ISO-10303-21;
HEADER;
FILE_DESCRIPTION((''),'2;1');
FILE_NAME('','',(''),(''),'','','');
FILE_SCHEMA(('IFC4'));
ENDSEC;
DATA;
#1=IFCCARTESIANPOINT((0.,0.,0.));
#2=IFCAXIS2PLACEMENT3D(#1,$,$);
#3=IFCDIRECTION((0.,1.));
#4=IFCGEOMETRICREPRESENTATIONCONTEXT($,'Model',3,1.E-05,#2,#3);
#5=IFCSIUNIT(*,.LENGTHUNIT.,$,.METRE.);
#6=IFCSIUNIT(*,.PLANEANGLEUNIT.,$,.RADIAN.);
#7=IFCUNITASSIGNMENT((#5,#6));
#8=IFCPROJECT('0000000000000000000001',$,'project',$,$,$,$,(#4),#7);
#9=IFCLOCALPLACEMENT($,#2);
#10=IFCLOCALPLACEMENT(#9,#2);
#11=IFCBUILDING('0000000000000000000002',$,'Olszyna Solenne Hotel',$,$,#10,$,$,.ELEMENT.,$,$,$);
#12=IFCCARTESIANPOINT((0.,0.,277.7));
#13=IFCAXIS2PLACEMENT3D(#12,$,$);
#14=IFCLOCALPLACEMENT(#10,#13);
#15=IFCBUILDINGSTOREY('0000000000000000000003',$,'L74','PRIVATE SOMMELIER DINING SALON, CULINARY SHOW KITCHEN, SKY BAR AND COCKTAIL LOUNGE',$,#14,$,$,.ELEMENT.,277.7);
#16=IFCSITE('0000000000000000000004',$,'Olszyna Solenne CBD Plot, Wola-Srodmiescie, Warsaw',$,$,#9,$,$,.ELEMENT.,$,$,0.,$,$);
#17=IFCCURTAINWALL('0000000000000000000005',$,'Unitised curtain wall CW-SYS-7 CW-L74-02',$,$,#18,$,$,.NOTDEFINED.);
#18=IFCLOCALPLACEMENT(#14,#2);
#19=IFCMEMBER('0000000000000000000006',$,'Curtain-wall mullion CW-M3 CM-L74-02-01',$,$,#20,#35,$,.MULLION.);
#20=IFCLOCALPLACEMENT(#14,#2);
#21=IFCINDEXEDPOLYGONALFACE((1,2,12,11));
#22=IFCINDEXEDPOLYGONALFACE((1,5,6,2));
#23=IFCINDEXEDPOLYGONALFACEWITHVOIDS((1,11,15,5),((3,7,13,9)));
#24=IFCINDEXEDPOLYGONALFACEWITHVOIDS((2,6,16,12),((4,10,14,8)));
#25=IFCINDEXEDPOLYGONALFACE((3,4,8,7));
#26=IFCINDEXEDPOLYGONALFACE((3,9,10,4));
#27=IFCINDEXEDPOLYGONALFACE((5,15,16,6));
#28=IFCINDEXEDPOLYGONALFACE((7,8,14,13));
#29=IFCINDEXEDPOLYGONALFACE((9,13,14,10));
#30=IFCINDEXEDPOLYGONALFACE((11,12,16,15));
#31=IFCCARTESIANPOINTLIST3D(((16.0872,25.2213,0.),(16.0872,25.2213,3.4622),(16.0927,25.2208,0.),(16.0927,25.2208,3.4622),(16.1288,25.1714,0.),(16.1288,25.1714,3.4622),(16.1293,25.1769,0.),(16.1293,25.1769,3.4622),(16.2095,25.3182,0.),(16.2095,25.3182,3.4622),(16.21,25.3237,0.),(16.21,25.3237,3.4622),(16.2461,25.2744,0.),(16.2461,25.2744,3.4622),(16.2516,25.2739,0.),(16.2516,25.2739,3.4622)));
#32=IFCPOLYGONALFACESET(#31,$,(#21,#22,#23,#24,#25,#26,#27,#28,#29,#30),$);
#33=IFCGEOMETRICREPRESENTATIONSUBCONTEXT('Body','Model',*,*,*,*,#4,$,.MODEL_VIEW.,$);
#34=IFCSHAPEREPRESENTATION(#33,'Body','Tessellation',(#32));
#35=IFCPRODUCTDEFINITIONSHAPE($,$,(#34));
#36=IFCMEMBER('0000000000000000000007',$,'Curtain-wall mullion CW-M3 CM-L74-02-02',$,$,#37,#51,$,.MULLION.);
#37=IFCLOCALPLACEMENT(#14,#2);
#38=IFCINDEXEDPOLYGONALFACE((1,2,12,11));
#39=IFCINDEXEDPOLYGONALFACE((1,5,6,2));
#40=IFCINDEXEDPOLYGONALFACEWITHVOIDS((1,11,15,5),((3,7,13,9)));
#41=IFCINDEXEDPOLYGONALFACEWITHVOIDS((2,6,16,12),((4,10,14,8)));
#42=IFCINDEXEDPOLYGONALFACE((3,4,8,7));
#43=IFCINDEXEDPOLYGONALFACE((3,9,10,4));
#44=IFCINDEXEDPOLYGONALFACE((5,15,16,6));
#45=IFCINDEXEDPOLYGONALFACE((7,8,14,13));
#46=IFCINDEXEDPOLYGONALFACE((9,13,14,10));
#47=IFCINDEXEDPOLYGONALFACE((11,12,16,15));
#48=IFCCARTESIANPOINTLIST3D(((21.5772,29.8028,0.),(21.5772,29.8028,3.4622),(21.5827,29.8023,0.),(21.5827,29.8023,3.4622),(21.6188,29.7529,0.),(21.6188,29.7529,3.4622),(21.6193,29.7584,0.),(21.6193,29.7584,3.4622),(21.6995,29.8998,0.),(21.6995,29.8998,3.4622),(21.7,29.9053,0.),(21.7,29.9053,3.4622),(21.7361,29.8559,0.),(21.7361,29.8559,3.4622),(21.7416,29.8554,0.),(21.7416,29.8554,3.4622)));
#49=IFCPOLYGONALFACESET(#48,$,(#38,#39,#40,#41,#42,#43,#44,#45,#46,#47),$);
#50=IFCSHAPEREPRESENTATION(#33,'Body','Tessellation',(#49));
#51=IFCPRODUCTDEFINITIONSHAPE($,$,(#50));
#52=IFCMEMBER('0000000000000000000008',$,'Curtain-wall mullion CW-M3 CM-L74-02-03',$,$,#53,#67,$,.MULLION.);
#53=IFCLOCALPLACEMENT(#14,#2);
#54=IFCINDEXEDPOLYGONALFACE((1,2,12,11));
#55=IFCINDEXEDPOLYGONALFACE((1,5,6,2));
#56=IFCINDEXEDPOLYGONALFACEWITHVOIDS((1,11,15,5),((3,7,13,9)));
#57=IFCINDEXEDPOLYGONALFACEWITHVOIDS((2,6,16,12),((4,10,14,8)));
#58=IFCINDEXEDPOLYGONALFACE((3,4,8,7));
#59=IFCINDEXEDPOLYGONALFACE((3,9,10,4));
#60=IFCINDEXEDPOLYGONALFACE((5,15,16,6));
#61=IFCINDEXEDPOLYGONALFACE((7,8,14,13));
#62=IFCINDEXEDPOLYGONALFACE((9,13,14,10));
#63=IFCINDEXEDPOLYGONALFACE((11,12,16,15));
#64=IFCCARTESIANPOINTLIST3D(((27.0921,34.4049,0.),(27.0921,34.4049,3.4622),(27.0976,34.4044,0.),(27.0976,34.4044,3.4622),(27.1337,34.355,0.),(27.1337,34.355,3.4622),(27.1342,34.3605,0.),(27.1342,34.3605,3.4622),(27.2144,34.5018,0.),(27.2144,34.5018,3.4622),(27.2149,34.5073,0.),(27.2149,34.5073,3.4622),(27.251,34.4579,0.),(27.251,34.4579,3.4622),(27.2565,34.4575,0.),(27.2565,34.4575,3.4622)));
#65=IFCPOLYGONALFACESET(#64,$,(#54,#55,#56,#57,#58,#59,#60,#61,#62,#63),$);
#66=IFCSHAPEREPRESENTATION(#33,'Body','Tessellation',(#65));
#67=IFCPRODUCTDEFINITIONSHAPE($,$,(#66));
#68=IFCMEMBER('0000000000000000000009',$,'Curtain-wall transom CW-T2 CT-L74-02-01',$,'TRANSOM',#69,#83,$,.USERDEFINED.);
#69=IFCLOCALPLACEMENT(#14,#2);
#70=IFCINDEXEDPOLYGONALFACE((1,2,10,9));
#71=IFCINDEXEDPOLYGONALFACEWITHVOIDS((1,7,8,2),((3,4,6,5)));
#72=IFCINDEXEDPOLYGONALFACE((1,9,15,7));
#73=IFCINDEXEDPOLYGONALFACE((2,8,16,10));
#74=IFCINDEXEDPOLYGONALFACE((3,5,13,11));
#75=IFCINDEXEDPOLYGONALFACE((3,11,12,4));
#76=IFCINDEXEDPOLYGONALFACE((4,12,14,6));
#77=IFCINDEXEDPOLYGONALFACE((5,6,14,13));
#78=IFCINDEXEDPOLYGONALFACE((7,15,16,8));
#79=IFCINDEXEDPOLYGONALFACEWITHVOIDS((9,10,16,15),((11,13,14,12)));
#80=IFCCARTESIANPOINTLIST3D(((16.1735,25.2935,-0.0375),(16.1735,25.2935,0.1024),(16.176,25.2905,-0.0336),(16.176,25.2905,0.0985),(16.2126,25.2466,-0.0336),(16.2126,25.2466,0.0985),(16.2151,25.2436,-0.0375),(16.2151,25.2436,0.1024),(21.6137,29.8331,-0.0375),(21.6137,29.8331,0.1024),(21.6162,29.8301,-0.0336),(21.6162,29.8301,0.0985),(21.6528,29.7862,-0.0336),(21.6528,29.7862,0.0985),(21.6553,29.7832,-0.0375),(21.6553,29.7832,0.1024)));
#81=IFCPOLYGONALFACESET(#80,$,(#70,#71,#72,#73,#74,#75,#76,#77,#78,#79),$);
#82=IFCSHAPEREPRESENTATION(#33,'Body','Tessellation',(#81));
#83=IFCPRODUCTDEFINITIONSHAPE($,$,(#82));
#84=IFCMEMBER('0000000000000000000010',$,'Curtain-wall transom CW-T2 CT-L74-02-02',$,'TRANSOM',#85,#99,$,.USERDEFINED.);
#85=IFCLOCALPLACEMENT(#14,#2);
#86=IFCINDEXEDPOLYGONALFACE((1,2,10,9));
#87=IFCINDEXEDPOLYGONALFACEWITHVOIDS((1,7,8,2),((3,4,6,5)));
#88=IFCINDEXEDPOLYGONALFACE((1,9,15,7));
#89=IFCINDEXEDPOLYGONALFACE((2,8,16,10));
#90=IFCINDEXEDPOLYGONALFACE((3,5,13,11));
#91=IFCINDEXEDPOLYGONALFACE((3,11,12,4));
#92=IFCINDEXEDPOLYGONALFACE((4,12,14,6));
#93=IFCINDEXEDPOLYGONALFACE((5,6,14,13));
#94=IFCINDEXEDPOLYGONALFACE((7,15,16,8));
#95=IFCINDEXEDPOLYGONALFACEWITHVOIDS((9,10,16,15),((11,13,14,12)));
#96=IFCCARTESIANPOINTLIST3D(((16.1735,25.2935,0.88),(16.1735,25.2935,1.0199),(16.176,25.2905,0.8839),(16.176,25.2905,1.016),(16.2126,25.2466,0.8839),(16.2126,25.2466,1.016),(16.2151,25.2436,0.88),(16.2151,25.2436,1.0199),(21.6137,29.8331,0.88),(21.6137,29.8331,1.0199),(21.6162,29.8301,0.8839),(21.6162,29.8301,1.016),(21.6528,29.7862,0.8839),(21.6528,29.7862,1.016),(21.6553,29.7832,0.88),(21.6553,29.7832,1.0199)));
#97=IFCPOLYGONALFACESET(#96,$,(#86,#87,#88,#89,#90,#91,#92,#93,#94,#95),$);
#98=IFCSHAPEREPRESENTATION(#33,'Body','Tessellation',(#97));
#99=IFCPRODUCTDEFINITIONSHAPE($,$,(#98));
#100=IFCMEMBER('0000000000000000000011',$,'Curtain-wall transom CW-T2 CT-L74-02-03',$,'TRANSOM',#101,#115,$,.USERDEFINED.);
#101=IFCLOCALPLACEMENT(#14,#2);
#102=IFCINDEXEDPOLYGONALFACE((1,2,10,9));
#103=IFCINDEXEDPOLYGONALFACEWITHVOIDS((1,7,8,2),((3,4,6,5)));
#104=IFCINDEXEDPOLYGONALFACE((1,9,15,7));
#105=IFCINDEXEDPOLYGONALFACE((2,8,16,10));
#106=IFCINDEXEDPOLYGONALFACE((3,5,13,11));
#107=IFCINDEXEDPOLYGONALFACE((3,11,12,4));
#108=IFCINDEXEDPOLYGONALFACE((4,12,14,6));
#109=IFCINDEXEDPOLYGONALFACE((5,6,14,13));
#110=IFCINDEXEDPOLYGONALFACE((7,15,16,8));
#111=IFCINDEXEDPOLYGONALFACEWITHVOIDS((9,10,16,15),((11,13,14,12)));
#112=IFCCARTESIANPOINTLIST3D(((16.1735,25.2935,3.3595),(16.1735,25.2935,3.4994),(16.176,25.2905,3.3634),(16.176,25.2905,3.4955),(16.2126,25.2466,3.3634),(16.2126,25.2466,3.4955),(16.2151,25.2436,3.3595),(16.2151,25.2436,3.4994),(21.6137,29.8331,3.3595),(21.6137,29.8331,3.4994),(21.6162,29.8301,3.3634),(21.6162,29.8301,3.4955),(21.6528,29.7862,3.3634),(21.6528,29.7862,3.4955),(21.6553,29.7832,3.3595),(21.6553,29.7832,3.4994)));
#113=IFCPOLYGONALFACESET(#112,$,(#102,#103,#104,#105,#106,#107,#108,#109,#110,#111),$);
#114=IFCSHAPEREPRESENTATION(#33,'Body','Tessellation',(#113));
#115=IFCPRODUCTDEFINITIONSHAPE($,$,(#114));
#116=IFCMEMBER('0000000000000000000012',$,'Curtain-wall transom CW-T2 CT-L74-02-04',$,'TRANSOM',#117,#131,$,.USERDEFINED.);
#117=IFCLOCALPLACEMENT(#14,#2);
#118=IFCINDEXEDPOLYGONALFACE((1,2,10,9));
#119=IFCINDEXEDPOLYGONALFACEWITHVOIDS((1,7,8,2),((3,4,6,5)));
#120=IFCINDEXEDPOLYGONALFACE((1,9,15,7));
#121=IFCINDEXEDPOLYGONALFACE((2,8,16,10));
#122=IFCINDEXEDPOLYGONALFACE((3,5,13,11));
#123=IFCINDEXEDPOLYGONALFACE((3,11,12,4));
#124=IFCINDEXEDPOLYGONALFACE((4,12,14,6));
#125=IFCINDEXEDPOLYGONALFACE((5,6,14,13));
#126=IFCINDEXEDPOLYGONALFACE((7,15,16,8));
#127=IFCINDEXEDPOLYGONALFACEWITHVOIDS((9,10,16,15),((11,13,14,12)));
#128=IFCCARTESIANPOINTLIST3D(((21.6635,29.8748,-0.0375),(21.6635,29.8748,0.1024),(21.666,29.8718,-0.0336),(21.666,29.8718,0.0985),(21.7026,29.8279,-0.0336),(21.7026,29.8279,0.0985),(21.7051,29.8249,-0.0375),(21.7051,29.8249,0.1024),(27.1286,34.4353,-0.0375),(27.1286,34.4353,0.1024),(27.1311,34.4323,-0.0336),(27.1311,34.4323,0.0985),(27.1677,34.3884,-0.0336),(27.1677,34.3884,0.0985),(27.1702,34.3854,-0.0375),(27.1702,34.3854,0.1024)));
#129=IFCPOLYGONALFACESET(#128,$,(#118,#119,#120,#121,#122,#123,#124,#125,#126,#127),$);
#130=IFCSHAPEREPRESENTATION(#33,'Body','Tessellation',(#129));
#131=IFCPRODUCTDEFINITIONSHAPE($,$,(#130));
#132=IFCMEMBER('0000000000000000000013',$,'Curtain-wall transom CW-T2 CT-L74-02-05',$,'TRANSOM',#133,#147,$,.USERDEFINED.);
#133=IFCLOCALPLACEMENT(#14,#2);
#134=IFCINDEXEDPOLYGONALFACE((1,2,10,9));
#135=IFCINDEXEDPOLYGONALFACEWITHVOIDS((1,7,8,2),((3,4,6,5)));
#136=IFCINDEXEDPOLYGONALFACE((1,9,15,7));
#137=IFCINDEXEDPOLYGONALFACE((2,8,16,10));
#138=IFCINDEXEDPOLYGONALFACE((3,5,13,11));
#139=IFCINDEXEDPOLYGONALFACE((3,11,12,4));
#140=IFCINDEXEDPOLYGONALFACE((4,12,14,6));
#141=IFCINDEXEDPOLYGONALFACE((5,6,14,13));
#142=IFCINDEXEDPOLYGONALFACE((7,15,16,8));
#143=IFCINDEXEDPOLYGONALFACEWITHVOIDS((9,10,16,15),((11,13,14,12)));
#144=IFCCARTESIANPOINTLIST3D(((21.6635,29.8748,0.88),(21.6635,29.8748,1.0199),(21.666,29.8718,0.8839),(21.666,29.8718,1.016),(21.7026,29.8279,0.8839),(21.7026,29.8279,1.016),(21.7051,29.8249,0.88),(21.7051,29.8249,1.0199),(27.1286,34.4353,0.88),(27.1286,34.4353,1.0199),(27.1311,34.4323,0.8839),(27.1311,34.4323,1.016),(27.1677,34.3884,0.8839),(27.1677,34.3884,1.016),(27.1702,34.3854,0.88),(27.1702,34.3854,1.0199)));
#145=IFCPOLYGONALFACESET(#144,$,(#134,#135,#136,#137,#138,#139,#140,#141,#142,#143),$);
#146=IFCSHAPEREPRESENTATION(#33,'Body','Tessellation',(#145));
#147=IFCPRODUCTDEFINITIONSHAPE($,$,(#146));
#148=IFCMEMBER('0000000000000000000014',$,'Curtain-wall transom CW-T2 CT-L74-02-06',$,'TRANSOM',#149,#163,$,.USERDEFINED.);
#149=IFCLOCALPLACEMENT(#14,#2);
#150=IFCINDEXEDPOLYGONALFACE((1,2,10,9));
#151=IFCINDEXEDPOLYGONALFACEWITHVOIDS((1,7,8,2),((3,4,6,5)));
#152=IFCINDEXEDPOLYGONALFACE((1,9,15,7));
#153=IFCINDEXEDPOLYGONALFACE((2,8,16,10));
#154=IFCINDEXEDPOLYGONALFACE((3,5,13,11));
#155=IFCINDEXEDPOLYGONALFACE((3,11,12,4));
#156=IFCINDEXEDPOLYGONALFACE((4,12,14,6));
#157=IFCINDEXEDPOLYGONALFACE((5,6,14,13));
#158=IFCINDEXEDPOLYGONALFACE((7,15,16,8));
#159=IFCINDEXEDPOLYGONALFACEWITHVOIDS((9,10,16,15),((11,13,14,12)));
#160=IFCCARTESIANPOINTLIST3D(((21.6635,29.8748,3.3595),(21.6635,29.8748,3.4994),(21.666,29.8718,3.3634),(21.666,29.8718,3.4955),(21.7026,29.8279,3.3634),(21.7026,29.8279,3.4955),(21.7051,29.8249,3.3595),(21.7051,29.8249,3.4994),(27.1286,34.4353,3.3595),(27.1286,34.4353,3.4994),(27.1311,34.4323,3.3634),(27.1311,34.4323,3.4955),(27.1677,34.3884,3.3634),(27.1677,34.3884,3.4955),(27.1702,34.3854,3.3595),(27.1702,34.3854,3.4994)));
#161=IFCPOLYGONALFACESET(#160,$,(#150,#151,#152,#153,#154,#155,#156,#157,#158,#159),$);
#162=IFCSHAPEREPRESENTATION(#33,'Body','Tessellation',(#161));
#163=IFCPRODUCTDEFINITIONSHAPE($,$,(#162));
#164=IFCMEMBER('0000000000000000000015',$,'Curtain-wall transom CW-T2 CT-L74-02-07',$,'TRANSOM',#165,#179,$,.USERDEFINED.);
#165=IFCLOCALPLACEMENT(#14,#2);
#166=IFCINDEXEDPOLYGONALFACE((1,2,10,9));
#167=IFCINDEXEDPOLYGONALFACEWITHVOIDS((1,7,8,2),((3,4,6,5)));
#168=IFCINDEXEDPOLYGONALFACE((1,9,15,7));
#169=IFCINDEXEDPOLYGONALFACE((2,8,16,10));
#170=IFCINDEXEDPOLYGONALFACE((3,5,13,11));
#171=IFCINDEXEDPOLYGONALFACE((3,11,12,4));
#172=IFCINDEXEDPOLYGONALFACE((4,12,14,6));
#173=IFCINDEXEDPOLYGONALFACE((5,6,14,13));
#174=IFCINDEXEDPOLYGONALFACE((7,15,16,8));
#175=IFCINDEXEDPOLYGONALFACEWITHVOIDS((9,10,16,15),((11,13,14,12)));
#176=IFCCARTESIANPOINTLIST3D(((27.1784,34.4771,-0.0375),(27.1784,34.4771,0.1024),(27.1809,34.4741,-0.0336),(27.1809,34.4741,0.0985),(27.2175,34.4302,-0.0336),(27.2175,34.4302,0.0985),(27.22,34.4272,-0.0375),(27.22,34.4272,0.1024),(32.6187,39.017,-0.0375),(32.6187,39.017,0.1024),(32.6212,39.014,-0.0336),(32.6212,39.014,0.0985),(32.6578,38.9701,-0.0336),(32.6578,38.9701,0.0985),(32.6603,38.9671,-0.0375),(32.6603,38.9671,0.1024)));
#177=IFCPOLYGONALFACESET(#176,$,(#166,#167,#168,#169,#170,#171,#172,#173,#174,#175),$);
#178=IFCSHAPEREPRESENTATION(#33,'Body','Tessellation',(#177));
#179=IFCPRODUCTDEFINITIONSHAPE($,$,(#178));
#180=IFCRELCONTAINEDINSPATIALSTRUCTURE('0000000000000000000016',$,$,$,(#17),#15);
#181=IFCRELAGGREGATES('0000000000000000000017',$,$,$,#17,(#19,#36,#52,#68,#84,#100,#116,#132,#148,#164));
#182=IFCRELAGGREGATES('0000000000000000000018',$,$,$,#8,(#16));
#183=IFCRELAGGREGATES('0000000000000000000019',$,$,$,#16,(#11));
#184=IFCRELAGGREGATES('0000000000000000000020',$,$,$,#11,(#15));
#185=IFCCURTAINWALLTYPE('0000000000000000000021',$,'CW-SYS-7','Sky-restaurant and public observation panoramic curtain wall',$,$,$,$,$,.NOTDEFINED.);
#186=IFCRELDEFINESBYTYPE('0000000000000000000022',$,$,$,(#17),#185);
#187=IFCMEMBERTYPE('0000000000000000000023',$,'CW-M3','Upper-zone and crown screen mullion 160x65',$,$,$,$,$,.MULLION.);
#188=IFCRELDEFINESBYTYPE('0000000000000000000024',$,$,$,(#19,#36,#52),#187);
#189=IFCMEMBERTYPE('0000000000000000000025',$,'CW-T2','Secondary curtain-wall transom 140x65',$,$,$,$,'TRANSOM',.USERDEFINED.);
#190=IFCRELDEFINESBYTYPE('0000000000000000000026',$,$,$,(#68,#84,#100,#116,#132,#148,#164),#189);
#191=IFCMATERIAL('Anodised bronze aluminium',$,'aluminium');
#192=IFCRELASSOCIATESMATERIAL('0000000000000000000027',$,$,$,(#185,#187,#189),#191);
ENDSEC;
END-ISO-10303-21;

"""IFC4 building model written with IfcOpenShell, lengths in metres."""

from ifc_helpers import new_model, si_unit, direction, frame, origin, origin_2d, place, context, subcontext, project, spatial, hollow_rectangle, extrude, source, transform, mapped, material, material_profile, profile_set, type_object, element, aggregate, save


model = new_model("IFC4")

# Units and contexts
model_context = context("Model", 3, precision=1e-05, world=origin(), true_north=direction((0.0, 1.0)))
body_context = subcontext(model_context, "Body", "Model", "MODEL_VIEW")
ifc_project = project(units=[si_unit("LENGTHUNIT", "METRE"), si_unit("PLANEANGLEUNIT", "RADIAN")], contexts=[model_context])

# Site, building, storey
site_placement = place(None, origin())
site = spatial("IfcSite", under=ifc_project, at=site_placement, Name="Olszyna Solenne CBD Plot, Wola-Srodmiescie, Warsaw", CompositionType="ELEMENT", RefElevation=0.0)
building_placement = place(site_placement, origin())
building = spatial("IfcBuilding", under=site, at=building_placement, Name="Olszyna Solenne Hotel", CompositionType="ELEMENT")
storey_placement = place(building_placement, frame((0.0, 0.0, 277.7)))
storey = spatial("IfcBuildingStorey", under=building, at=storey_placement, Name="L74", Description="PRIVATE SOMMELIER DINING SALON, CULINARY SHOW KITCHEN, SKY BAR AND COCKTAIL LOUNGE", CompositionType="ELEMENT", Elevation=277.7)

# Curtain wall, members
ifc_material_1 = material(Name="Anodised bronze aluminium", Category="aluminium")
curtain_wall_type = type_object("IfcCurtainWallType", Name="CW-SYS-7", Description="Sky-restaurant and public observation panoramic curtain wall", PredefinedType="NOTDEFINED", material=ifc_material_1)
curtain_wall_placement = place(storey_placement, origin())
curtain_wall = element("IfcCurtainWall", 1, at=curtain_wall_placement, inside=storey, type_object=curtain_wall_type, Name="Unitised curtain wall CW-SYS-7 CW-L74-02", PredefinedType="NOTDEFINED")
ifc_material_profile_1 = material_profile(ifc_material_1, hollow_rectangle(XDim=0.0649, YDim=0.1599, WallThickness=0.0039, at=origin_2d()), Name="MULL 160x65x4", Category="load-bearing")
ifc_profile_set_1 = profile_set([ifc_material_profile_1], Name="Anodised bronze aluminium")
member_type_1 = type_object("IfcMemberType", Name="CW-M3", Description="Upper-zone and crown screen mullion 160x65", PredefinedType="MULLION", material=ifc_profile_set_1)
shared_shape_1 = source(origin(), body_context, "Body", "SweptSolid", [
    extrude(hollow_rectangle(XDim=0.0649, YDim=0.1599, WallThickness=0.0039, at=origin_2d()), origin(), (0.0, 0.0, 1.0), 3.4622),
])
member_1_placement = place(storey_placement, frame((16.1694, 25.2476, 0.0), z_axis=(0.0, 0.0, 1.0), x_axis=(-0.640715, 0.767779, 0.0)))
member_1 = element("IfcMember", 2, at=member_1_placement, type_object=member_type_1, Name="Curtain-wall mullion CW-M3 CM-L74-02-01", PredefinedType="MULLION", context=body_context, shape_type="MappedRepresentation", body=[
    mapped(shared_shape_1, transform((0.0, 0.0, 0.0), x_axis=(1.0, 0.0, 0.0), y_axis=(0.0, 1.0, 0.0), z_axis=(0.0, 0.0, 1.0), scale=1.0)),
])
member_2_placement = place(storey_placement, frame((21.6594, 29.8291, 0.0), z_axis=(0.0, 0.0, 1.0), x_axis=(-0.640715, 0.767779, 0.0)))
member_2 = element("IfcMember", 3, at=member_2_placement, type_object=member_type_1, Name="Curtain-wall mullion CW-M3 CM-L74-02-02", PredefinedType="MULLION", context=body_context, shape_type="MappedRepresentation", body=[
    mapped(shared_shape_1, transform((0.0, 0.0, 0.0), x_axis=(1.0, 0.0, 0.0), y_axis=(0.0, 1.0, 0.0), z_axis=(0.0, 0.0, 1.0), scale=1.0)),
])
member_3_placement = place(storey_placement, frame((27.1743, 34.4312, 0.0), z_axis=(0.0, 0.0, 1.0), x_axis=(-0.640715, 0.767779, 0.0)))
member_3 = element("IfcMember", 4, at=member_3_placement, type_object=member_type_1, Name="Curtain-wall mullion CW-M3 CM-L74-02-03", PredefinedType="MULLION", context=body_context, shape_type="MappedRepresentation", body=[
    mapped(shared_shape_1, transform((0.0, 0.0, 0.0), x_axis=(1.0, 0.0, 0.0), y_axis=(0.0, 1.0, 0.0), z_axis=(0.0, 0.0, 1.0), scale=1.0)),
])
ifc_material_profile_2 = material_profile(ifc_material_1, hollow_rectangle(XDim=0.0649, YDim=0.1399, WallThickness=0.0039, at=origin_2d()), Name="TRAN 140x65x4", Category="load-bearing")
ifc_profile_set_2 = profile_set([ifc_material_profile_2], Name="Anodised bronze aluminium")
member_type_2 = type_object("IfcMemberType", Name="CW-T2", Description="Secondary curtain-wall transom 140x65", ElementType="TRANSOM", PredefinedType="USERDEFINED", material=ifc_profile_set_2)
shared_shape_2 = source(origin(), body_context, "Body", "SweptSolid", [
    extrude(hollow_rectangle(XDim=0.0649, YDim=0.1399, WallThickness=0.0039, at=origin_2d()), origin(), (0.0, 0.0, 1.0), 7.0854),
])
member_4_placement = place(storey_placement, frame((16.1943, 25.2686, 0.0325), z_axis=(0.7678, 0.640689, 0.0), x_axis=(-0.640689, 0.7678, 0.0)))
member_4 = element("IfcMember", 5, at=member_4_placement, type_object=member_type_2, Name="Curtain-wall transom CW-T2 CT-L74-02-01", ObjectType="TRANSOM", PredefinedType="USERDEFINED", context=body_context, shape_type="MappedRepresentation", body=[
    mapped(shared_shape_2, transform((0.0, 0.0, 0.0), x_axis=(1.0, 0.0, 0.0), y_axis=(0.0, 1.0, 0.0), z_axis=(0.0, 0.0, 1.0), scale=1.0)),
])
member_5_placement = place(storey_placement, frame((16.1943, 25.2686, 0.95), z_axis=(0.7678, 0.640689, 0.0), x_axis=(-0.640689, 0.7678, 0.0)))
member_5 = element("IfcMember", 6, at=member_5_placement, type_object=member_type_2, Name="Curtain-wall transom CW-T2 CT-L74-02-02", ObjectType="TRANSOM", PredefinedType="USERDEFINED", context=body_context, shape_type="MappedRepresentation", body=[
    mapped(shared_shape_2, transform((0.0, 0.0, 0.0), x_axis=(1.0, 0.0, 0.0), y_axis=(0.0, 1.0, 0.0), z_axis=(0.0, 0.0, 1.0), scale=1.0)),
])
member_6_placement = place(storey_placement, frame((16.1943, 25.2686, 3.4294), z_axis=(0.7678, 0.640689, 0.0), x_axis=(-0.640689, 0.7678, 0.0)))
member_6 = element("IfcMember", 7, at=member_6_placement, type_object=member_type_2, Name="Curtain-wall transom CW-T2 CT-L74-02-03", ObjectType="TRANSOM", PredefinedType="USERDEFINED", context=body_context, shape_type="MappedRepresentation", body=[
    mapped(shared_shape_2, transform((0.0, 0.0, 0.0), x_axis=(1.0, 0.0, 0.0), y_axis=(0.0, 1.0, 0.0), z_axis=(0.0, 0.0, 1.0), scale=1.0)),
])
shared_shape_3 = source(origin(), body_context, "Body", "SweptSolid", [
    extrude(hollow_rectangle(XDim=0.0649, YDim=0.1399, WallThickness=0.0039, at=origin_2d()), origin(), (0.0, 0.0, 1.0), 7.1179),
])
member_7_placement = place(storey_placement, frame((21.6843, 29.8499, 0.0325), z_axis=(0.767785, 0.640707, 0.0), x_axis=(-0.640707, 0.767785, 0.0)))
member_7 = element("IfcMember", 8, at=member_7_placement, type_object=member_type_2, Name="Curtain-wall transom CW-T2 CT-L74-02-04", ObjectType="TRANSOM", PredefinedType="USERDEFINED", context=body_context, shape_type="MappedRepresentation", body=[
    mapped(shared_shape_3, transform((0.0, 0.0, 0.0), x_axis=(1.0, 0.0, 0.0), y_axis=(0.0, 1.0, 0.0), z_axis=(0.0, 0.0, 1.0), scale=1.0)),
])
member_8_placement = place(storey_placement, frame((21.6843, 29.8499, 0.95), z_axis=(0.767785, 0.640707, 0.0), x_axis=(-0.640707, 0.767785, 0.0)))
member_8 = element("IfcMember", 9, at=member_8_placement, type_object=member_type_2, Name="Curtain-wall transom CW-T2 CT-L74-02-05", ObjectType="TRANSOM", PredefinedType="USERDEFINED", context=body_context, shape_type="MappedRepresentation", body=[
    mapped(shared_shape_3, transform((0.0, 0.0, 0.0), x_axis=(1.0, 0.0, 0.0), y_axis=(0.0, 1.0, 0.0), z_axis=(0.0, 0.0, 1.0), scale=1.0)),
])
member_9_placement = place(storey_placement, frame((21.6843, 29.8499, 3.4294), z_axis=(0.767785, 0.640707, 0.0), x_axis=(-0.640707, 0.767785, 0.0)))
member_9 = element("IfcMember", 10, at=member_9_placement, type_object=member_type_2, Name="Curtain-wall transom CW-T2 CT-L74-02-06", ObjectType="TRANSOM", PredefinedType="USERDEFINED", context=body_context, shape_type="MappedRepresentation", body=[
    mapped(shared_shape_3, transform((0.0, 0.0, 0.0), x_axis=(1.0, 0.0, 0.0), y_axis=(0.0, 1.0, 0.0), z_axis=(0.0, 0.0, 1.0), scale=1.0)),
])
shared_shape_4 = source(origin(), body_context, "Body", "SweptSolid", [
    extrude(hollow_rectangle(XDim=0.0649, YDim=0.1399, WallThickness=0.0039, at=origin_2d()), origin(), (0.0, 0.0, 1.0), 7.0857),
])
member_10_placement = place(storey_placement, frame((27.1992, 34.4521, 0.0325), z_axis=(0.767783, 0.64071, 0.0), x_axis=(-0.64071, 0.767783, 0.0)))
member_10 = element("IfcMember", 11, at=member_10_placement, type_object=member_type_2, Name="Curtain-wall transom CW-T2 CT-L74-02-07", ObjectType="TRANSOM", PredefinedType="USERDEFINED", context=body_context, shape_type="MappedRepresentation", body=[
    mapped(shared_shape_4, transform((0.0, 0.0, 0.0), x_axis=(1.0, 0.0, 0.0), y_axis=(0.0, 1.0, 0.0), z_axis=(0.0, 0.0, 1.0), scale=1.0)),
])

aggregate(curtain_wall, [member_1, member_2, member_3, member_4, member_5, member_6, member_7, member_8, member_9, member_10])

save(model, "model.ifc")
